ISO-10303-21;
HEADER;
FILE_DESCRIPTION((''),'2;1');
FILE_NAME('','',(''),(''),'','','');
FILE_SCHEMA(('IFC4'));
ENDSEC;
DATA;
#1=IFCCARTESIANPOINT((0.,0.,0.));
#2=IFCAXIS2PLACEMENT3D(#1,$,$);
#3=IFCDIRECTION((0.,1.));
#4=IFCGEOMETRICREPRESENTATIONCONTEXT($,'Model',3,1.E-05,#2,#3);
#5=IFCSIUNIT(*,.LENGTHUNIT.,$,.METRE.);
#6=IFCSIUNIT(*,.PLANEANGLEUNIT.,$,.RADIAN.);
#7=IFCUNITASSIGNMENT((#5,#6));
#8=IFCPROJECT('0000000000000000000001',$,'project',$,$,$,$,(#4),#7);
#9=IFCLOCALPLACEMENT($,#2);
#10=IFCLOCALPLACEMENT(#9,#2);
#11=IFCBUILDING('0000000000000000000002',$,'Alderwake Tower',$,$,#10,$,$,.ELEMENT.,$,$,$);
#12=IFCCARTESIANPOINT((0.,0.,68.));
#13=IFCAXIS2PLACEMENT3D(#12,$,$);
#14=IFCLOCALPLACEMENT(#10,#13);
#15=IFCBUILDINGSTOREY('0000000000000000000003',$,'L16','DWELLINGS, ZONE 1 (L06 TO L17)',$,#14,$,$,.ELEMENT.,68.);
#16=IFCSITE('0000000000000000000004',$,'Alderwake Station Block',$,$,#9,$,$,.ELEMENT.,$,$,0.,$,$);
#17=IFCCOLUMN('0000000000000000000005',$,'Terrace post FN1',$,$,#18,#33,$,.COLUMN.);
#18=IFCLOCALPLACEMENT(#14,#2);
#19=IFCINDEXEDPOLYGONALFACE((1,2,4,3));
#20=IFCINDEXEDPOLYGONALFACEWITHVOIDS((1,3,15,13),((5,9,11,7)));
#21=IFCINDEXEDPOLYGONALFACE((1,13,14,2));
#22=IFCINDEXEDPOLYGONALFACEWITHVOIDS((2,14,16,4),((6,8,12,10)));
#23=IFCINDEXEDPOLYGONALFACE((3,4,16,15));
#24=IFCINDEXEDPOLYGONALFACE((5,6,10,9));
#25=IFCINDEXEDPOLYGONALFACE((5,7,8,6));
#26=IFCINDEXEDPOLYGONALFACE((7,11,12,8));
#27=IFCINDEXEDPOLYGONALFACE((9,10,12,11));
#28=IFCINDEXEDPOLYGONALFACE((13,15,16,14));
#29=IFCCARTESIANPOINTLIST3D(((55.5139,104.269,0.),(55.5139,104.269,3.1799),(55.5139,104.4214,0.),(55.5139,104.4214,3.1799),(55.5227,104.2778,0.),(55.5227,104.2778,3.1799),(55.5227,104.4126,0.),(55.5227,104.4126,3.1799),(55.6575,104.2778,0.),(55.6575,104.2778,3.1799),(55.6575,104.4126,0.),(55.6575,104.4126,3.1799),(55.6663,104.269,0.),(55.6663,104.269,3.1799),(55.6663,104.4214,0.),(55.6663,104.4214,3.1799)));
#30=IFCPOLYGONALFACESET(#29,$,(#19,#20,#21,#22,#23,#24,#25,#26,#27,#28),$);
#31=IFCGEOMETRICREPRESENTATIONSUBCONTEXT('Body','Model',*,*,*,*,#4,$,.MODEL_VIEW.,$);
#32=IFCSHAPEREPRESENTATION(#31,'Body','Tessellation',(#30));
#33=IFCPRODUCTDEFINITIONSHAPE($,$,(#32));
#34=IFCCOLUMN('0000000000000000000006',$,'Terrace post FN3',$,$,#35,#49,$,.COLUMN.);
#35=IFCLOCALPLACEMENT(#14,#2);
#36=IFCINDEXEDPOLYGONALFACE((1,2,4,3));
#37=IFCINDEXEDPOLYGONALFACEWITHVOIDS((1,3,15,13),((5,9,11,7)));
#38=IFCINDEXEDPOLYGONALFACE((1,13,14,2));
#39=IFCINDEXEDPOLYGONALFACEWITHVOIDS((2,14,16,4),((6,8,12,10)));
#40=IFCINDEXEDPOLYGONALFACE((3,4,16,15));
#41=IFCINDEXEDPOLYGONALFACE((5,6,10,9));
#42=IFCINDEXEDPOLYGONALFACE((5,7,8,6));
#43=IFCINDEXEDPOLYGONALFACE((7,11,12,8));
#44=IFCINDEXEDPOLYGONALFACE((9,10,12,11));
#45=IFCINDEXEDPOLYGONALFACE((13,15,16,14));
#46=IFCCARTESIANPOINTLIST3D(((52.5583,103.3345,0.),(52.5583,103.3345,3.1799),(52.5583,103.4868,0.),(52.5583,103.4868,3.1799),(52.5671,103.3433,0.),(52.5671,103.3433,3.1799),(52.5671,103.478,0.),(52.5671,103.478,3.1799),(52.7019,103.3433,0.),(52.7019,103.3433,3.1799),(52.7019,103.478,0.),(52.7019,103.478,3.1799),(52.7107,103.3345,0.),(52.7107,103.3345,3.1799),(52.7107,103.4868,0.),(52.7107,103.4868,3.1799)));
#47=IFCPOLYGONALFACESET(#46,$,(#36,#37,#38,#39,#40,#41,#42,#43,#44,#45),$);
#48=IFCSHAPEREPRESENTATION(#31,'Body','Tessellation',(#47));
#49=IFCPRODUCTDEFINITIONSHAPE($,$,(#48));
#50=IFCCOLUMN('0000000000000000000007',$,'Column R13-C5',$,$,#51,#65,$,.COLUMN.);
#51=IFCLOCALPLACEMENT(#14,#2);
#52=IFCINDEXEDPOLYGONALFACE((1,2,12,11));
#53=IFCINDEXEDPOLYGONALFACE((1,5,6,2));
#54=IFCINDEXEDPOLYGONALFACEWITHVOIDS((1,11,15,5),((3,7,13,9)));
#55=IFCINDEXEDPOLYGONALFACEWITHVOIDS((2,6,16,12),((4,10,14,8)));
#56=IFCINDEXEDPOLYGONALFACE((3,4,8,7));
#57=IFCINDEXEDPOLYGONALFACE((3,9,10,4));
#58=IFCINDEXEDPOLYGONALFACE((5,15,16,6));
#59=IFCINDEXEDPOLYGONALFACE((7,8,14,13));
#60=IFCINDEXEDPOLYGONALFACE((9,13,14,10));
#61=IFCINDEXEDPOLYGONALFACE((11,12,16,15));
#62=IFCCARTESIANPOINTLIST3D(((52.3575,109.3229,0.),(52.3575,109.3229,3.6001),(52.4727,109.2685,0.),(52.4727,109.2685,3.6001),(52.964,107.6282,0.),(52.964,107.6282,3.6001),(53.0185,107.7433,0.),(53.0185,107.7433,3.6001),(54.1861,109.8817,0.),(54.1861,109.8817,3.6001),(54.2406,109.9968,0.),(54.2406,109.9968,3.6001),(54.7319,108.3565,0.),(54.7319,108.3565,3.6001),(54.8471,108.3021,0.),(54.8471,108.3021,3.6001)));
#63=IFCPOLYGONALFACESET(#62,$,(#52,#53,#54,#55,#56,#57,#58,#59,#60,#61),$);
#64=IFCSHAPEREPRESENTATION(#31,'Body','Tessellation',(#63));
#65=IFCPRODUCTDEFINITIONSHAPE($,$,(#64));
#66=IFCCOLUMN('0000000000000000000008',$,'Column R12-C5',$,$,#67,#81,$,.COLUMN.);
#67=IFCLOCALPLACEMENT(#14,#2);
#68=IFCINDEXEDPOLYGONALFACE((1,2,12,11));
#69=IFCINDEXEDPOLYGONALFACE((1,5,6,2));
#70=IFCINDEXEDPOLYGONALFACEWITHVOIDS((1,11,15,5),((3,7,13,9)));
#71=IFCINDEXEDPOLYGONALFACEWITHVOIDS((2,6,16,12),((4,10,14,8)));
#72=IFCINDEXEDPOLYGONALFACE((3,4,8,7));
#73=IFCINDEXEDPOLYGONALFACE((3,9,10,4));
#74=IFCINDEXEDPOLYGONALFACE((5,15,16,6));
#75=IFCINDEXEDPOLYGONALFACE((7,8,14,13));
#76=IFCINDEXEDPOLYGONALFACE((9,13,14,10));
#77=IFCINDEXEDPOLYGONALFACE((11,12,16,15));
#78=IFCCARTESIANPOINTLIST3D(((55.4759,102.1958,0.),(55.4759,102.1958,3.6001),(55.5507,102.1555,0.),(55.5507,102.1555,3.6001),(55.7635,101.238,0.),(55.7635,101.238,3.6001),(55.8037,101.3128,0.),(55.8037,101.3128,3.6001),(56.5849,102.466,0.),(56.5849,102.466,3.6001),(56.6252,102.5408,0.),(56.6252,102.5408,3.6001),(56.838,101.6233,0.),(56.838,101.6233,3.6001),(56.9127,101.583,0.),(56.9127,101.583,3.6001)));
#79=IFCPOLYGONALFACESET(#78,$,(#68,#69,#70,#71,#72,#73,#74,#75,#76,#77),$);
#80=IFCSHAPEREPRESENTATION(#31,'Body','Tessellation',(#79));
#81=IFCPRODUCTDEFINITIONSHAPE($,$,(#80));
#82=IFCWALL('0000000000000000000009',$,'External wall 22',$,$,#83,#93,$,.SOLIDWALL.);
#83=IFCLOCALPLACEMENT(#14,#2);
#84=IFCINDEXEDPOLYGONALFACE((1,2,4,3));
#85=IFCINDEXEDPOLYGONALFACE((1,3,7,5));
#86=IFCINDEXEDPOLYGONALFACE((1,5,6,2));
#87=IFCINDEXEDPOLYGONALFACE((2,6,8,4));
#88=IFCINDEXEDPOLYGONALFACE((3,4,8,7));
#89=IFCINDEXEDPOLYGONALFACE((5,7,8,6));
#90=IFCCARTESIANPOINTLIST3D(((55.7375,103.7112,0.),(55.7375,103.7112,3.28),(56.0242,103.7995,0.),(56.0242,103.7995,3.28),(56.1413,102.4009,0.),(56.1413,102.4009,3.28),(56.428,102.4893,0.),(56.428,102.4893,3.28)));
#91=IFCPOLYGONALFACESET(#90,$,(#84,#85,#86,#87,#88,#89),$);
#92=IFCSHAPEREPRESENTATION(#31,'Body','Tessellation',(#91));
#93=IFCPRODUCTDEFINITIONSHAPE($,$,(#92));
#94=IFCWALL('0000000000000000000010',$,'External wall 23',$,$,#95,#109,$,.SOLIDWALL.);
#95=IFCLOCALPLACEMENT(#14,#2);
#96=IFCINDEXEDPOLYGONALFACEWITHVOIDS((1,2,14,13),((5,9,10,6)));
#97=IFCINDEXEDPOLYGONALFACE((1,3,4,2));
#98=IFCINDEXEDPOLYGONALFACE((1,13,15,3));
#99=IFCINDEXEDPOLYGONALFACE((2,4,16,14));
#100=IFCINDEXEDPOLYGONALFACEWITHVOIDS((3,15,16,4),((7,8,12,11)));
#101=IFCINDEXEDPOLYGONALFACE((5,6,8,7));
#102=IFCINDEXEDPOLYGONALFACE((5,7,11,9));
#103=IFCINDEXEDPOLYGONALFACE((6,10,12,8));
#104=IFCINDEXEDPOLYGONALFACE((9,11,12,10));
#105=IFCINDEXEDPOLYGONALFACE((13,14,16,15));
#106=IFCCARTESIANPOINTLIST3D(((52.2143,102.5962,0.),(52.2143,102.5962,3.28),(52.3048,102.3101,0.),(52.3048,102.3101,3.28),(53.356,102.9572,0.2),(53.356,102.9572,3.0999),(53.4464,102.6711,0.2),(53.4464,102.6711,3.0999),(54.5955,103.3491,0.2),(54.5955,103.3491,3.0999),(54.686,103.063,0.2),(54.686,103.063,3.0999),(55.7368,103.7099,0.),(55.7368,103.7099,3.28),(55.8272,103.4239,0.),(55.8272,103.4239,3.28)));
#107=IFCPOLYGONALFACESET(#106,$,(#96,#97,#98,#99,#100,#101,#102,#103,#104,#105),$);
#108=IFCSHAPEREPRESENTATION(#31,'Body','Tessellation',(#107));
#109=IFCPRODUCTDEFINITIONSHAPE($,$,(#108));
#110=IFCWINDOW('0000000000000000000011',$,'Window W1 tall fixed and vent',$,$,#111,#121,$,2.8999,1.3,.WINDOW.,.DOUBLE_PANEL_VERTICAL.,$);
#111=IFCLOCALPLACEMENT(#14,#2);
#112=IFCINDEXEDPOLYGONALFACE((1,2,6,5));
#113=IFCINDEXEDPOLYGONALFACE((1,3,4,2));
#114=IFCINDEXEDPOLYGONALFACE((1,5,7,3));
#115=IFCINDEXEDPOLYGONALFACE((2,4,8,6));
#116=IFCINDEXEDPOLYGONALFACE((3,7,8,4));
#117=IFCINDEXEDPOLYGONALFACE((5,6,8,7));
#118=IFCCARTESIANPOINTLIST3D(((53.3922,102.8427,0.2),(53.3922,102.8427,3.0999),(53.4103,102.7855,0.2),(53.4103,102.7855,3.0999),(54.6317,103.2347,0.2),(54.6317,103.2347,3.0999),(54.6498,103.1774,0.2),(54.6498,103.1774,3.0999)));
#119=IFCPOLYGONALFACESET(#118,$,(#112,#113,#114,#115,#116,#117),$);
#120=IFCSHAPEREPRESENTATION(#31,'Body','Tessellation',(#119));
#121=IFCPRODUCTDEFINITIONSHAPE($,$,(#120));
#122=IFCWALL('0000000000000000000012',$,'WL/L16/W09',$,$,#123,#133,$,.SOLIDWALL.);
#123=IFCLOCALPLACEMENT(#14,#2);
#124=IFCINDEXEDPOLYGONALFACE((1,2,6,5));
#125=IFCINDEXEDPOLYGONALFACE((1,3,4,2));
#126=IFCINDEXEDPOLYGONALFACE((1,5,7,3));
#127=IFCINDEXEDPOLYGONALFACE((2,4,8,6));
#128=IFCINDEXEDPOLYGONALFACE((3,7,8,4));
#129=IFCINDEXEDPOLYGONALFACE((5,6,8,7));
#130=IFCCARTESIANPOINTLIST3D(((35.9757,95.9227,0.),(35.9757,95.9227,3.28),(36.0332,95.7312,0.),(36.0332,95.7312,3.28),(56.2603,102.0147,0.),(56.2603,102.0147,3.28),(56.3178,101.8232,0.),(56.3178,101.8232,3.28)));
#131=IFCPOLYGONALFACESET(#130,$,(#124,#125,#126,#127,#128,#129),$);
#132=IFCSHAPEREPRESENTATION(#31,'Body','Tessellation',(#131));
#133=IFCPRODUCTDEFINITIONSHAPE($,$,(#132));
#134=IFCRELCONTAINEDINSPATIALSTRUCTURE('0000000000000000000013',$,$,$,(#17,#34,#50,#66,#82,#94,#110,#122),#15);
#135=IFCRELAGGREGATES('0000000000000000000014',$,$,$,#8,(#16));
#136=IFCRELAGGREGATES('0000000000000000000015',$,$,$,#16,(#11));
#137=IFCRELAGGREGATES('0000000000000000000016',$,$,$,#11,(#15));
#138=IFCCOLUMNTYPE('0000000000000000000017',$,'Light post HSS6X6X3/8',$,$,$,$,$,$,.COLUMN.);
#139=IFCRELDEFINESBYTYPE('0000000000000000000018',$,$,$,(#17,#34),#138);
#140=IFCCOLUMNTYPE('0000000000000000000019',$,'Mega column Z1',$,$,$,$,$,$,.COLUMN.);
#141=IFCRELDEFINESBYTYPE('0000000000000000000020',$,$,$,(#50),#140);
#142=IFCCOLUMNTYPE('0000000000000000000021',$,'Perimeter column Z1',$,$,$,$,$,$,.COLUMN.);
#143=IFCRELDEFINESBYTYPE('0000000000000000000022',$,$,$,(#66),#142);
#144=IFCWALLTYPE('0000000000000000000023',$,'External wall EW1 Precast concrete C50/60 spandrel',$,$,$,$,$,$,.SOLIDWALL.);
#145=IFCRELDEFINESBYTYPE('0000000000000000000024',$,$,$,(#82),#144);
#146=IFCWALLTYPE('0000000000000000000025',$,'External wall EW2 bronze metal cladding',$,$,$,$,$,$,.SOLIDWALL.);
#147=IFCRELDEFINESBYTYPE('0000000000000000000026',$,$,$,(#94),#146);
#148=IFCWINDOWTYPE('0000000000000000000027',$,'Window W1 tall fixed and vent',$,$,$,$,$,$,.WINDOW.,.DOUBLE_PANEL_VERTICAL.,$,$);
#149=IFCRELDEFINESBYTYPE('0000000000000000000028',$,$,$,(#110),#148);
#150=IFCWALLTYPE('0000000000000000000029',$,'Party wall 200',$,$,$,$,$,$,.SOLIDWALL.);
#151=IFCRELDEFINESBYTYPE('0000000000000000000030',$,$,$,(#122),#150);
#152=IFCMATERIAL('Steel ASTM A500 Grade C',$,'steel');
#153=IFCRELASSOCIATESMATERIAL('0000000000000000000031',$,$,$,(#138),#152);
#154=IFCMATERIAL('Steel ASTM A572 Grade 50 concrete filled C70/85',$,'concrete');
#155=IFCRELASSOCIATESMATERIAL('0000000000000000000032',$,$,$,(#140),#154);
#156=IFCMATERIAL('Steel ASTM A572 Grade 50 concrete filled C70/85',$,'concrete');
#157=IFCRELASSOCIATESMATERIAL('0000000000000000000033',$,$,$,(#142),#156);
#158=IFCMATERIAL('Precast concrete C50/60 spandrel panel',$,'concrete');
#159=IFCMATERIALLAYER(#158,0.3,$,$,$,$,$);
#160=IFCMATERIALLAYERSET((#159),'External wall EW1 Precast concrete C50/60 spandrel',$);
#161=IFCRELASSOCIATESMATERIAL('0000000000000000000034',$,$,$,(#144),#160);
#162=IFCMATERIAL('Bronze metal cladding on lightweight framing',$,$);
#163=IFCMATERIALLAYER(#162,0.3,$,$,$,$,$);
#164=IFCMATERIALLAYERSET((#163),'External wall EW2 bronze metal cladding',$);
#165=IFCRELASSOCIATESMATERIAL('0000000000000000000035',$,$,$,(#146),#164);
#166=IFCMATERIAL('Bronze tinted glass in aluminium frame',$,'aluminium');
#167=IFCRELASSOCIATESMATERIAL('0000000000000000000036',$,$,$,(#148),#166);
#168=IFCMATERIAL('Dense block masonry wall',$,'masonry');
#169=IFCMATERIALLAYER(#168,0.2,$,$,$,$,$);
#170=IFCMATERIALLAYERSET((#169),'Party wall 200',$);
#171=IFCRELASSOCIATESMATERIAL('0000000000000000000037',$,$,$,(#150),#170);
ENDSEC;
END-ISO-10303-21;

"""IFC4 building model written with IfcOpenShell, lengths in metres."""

from ifc_helpers import new_model, si_unit, direction, frame, frame_2d, origin, origin_2d, place, context, subcontext, project, spatial, rectangle, hollow_rectangle, extrude, material, layer, layer_set, material_profile, profile_set, type_object, element, fill, save


model = new_model("IFC4")

# Units and contexts
model_context = context("Model", 3, precision=1e-05, world=origin(), true_north=direction((0.0, 1.0)))
body_context = subcontext(model_context, "Body", "Model", "MODEL_VIEW")
ifc_project = project(units=[si_unit("LENGTHUNIT", "METRE"), si_unit("PLANEANGLEUNIT", "RADIAN")], contexts=[model_context])

# Site, building, storey
site_placement = place(None, origin())
site = spatial("IfcSite", under=ifc_project, at=site_placement, Name="Alderwake Station Block", CompositionType="ELEMENT", RefElevation=0.0)
building_placement = place(site_placement, origin())
building = spatial("IfcBuilding", under=site, at=building_placement, Name="Alderwake Tower", CompositionType="ELEMENT")
storey_placement = place(building_placement, frame((0.0, 0.0, 68.0)))
storey = spatial("IfcBuildingStorey", under=building, at=storey_placement, Name="L16", Description="DWELLINGS, ZONE 1 (L06 TO L17)", CompositionType="ELEMENT", Elevation=68.0)

# Columns
ifc_material_1 = material(Name="Steel ASTM A500 Grade C", Category="steel")
ifc_material_profile_1 = material_profile(ifc_material_1, hollow_rectangle(XDim=0.1523, YDim=0.1523, WallThickness=0.0088, at=origin_2d()), Name="HSS6X6X3/8")
ifc_profile_set_1 = profile_set([ifc_material_profile_1], Name="Steel ASTM A500 Grade C")
column_type_1 = type_object("IfcColumnType", Name="Light post HSS6X6X3/8", PredefinedType="COLUMN", material=ifc_profile_set_1)
for number, where, z_axis, x_axis, name in (
    (1, (55.5901, 104.3452, 0.0), (0.0, 0.0, 1.0), (1.0, 0.0, 0.0), "Terrace post FN1"),
    (2, (52.6345, 103.4106, 0.0), (0.0, 0.0, 1.0), (1.0, 0.0, 0.0), "Terrace post FN3"),
):
    element("IfcColumn", number, at=place(storey_placement, frame(where, z_axis=z_axis, x_axis=x_axis)), inside=storey, type_object=column_type_1, Name=name, PredefinedType="COLUMN", context=body_context, shape_type="SweptSolid", body=[
        extrude(hollow_rectangle(XDim=0.1523, YDim=0.1523, WallThickness=0.0088, at=origin_2d()), origin(), (0.0, 0.0, 1.0), 3.1799),
    ])
ifc_material_2 = material(Name="Steel ASTM A572 Grade 50 concrete filled C70/85", Category="concrete")
ifc_material_profile_2 = material_profile(ifc_material_2, hollow_rectangle(XDim=1.8, YDim=2.0, WallThickness=0.0901, at=origin_2d()), Name="BOX 2000X1800X90")
ifc_profile_set_2 = profile_set([ifc_material_profile_2], Name="Steel ASTM A572 Grade 50 concrete filled C70/85")
column_type_2 = type_object("IfcColumnType", Name="Mega column Z1", PredefinedType="COLUMN", material=ifc_profile_set_2)
column_1_placement = place(storey_placement, frame((53.6023, 108.8125, 0.0), z_axis=(0.0, 0.0, 1.0), x_axis=(-0.336946, 0.941524, 0.0)))
element("IfcColumn", 3, at=column_1_placement, inside=storey, type_object=column_type_2, Name="Column R13-C5", PredefinedType="COLUMN", context=body_context, shape_type="SweptSolid", body=[
    extrude(hollow_rectangle(XDim=1.8, YDim=2.0, WallThickness=0.0901, at=origin_2d()), origin(), (0.0, 0.0, 1.0), 3.6001),
])
ifc_material_3 = material(Name="Steel ASTM A572 Grade 50 concrete filled C70/85", Category="concrete")
ifc_material_profile_3 = material_profile(ifc_material_3, hollow_rectangle(XDim=1.0, YDim=1.2, WallThickness=0.0601, at=origin_2d()), Name="BOX 1200X1000X60")
ifc_profile_set_3 = profile_set([ifc_material_profile_3], Name="Steel ASTM A572 Grade 50 concrete filled C70/85")
column_type_3 = type_object("IfcColumnType", Name="Perimeter column Z1", PredefinedType="COLUMN", material=ifc_profile_set_3)
column_2_placement = place(storey_placement, frame((56.1943, 101.8894, 0.0), z_axis=(0.0, 0.0, 1.0), x_axis=(-0.287549, 0.957766, 0.0)))
element("IfcColumn", 4, at=column_2_placement, inside=storey, type_object=column_type_3, Name="Column R12-C5", PredefinedType="COLUMN", context=body_context, shape_type="SweptSolid", body=[
    extrude(hollow_rectangle(XDim=1.0, YDim=1.2, WallThickness=0.0601, at=origin_2d()), origin(), (0.0, 0.0, 1.0), 3.6001),
])

# Wall
ifc_material_4 = material(Name="Precast concrete C50/60 spandrel panel", Category="concrete")
ifc_layer_1 = layer(ifc_material_4, 0.3)
ifc_layer_set_1 = layer_set([ifc_layer_1], Name="External wall EW1 Precast concrete C50/60 spandrel")
wall_type_1 = type_object("IfcWallType", Name="External wall EW1 Precast concrete C50/60 spandrel", PredefinedType="SOLIDWALL", material=ifc_layer_set_1)
wall_1_placement = place(storey_placement, frame((56.2847, 102.4451, 0.0), z_axis=(0.0, 0.0, 1.0), x_axis=(-0.294511, 0.955648, 0.0)))
element("IfcWall", 5, at=wall_1_placement, inside=storey, type_object=wall_type_1, Name="External wall 22", PredefinedType="SOLIDWALL", context=body_context, shape_type="SweptSolid", body=[
    extrude(rectangle(XDim=1.3711, YDim=0.3, at=frame_2d((0.6855, 0.0))), origin(), (0.0, 0.0, 1.0), 3.28),
])

# Wall, opening, window
ifc_material_5 = material(Name="Bronze metal cladding on lightweight framing")
ifc_layer_2 = layer(ifc_material_5, 0.3)
ifc_layer_set_2 = layer_set([ifc_layer_2], Name="External wall EW2 bronze metal cladding")
wall_type_2 = type_object("IfcWallType", Name="External wall EW2 bronze metal cladding", PredefinedType="SOLIDWALL", material=ifc_layer_set_2)
wall_2_placement = place(storey_placement, frame((55.782, 103.5669, 0.0), z_axis=(0.0, 0.0, 1.0), x_axis=(-0.953473, -0.301479, 0.0)))
wall_2 = element("IfcWall", 6, at=wall_2_placement, inside=storey, type_object=wall_type_2, Name="External wall 23", PredefinedType="SOLIDWALL", context=body_context, shape_type="SweptSolid", body=[
    extrude(rectangle(XDim=3.6943, YDim=0.3, at=frame_2d((1.8472, 0.0))), origin(), (0.0, 0.0, 1.0), 3.28),
])
opening_1_placement = place(wall_2_placement, frame((1.197, 0.0, 0.2)))
opening_1 = element("IfcOpeningElement", 7, at=opening_1_placement, cuts=wall_2, PredefinedType="OPENING", context=body_context, shape_type="SweptSolid", body=[
    extrude(rectangle(XDim=1.3, YDim=2.8999, at=frame_2d((0.6499, 1.45))), frame((0.0, 0.1599, 0.0), z_axis=(0.0, -1.0, 0.0), x_axis=(1.0, 0.0, 0.0)), (0.0, 0.0, 1.0), 0.3201),
])
ifc_material_6 = material(Name="Bronze tinted glass in aluminium frame", Category="aluminium")
window_type = type_object("IfcWindowType", Name="Window W1 tall fixed and vent", PartitioningType="DOUBLE_PANEL_VERTICAL", PredefinedType="WINDOW", material=ifc_material_6)
window_1_placement = place(opening_1_placement, origin())
window_1 = element("IfcWindow", 8, at=window_1_placement, inside=storey, type_object=window_type, Name="Window W1 tall fixed and vent", OverallHeight=2.8999, OverallWidth=1.3, PartitioningType="DOUBLE_PANEL_VERTICAL", PredefinedType="WINDOW", context=body_context, shape_type="SweptSolid", body=[
    extrude(rectangle(XDim=1.3, YDim=2.8999, at=frame_2d((0.6499, 1.45))), frame((0.0, 0.03, 0.0), z_axis=(0.0, -1.0, 0.0), x_axis=(1.0, 0.0, 0.0)), (0.0, 0.0, 1.0), 0.0601),
])
fill(opening_1, window_1)

# Wall
ifc_material_7 = material(Name="Dense block masonry wall", Category="masonry")
ifc_layer_3 = layer(ifc_material_7, 0.2)
ifc_layer_set_3 = layer_set([ifc_layer_3], Name="Party wall 200")
wall_type_3 = type_object("IfcWallType", Name="Party wall 200", PredefinedType="SOLIDWALL", material=ifc_layer_set_3)
wall_3_placement = place(storey_placement, frame((56.2891, 101.9189, 0.0), z_axis=(0.0, 0.0, 1.0), x_axis=(-0.95774, -0.287636, 0.0)))
element("IfcWall", 9, at=wall_3_placement, inside=storey, type_object=wall_type_3, Name="WL/L16/W09", PredefinedType="SOLIDWALL", context=body_context, shape_type="SweptSolid", body=[
    extrude(rectangle(XDim=21.1797, YDim=0.2, at=frame_2d((10.5898, 0.0))), origin(), (0.0, 0.0, 1.0), 3.28),
])

save(model, "model.ifc")
